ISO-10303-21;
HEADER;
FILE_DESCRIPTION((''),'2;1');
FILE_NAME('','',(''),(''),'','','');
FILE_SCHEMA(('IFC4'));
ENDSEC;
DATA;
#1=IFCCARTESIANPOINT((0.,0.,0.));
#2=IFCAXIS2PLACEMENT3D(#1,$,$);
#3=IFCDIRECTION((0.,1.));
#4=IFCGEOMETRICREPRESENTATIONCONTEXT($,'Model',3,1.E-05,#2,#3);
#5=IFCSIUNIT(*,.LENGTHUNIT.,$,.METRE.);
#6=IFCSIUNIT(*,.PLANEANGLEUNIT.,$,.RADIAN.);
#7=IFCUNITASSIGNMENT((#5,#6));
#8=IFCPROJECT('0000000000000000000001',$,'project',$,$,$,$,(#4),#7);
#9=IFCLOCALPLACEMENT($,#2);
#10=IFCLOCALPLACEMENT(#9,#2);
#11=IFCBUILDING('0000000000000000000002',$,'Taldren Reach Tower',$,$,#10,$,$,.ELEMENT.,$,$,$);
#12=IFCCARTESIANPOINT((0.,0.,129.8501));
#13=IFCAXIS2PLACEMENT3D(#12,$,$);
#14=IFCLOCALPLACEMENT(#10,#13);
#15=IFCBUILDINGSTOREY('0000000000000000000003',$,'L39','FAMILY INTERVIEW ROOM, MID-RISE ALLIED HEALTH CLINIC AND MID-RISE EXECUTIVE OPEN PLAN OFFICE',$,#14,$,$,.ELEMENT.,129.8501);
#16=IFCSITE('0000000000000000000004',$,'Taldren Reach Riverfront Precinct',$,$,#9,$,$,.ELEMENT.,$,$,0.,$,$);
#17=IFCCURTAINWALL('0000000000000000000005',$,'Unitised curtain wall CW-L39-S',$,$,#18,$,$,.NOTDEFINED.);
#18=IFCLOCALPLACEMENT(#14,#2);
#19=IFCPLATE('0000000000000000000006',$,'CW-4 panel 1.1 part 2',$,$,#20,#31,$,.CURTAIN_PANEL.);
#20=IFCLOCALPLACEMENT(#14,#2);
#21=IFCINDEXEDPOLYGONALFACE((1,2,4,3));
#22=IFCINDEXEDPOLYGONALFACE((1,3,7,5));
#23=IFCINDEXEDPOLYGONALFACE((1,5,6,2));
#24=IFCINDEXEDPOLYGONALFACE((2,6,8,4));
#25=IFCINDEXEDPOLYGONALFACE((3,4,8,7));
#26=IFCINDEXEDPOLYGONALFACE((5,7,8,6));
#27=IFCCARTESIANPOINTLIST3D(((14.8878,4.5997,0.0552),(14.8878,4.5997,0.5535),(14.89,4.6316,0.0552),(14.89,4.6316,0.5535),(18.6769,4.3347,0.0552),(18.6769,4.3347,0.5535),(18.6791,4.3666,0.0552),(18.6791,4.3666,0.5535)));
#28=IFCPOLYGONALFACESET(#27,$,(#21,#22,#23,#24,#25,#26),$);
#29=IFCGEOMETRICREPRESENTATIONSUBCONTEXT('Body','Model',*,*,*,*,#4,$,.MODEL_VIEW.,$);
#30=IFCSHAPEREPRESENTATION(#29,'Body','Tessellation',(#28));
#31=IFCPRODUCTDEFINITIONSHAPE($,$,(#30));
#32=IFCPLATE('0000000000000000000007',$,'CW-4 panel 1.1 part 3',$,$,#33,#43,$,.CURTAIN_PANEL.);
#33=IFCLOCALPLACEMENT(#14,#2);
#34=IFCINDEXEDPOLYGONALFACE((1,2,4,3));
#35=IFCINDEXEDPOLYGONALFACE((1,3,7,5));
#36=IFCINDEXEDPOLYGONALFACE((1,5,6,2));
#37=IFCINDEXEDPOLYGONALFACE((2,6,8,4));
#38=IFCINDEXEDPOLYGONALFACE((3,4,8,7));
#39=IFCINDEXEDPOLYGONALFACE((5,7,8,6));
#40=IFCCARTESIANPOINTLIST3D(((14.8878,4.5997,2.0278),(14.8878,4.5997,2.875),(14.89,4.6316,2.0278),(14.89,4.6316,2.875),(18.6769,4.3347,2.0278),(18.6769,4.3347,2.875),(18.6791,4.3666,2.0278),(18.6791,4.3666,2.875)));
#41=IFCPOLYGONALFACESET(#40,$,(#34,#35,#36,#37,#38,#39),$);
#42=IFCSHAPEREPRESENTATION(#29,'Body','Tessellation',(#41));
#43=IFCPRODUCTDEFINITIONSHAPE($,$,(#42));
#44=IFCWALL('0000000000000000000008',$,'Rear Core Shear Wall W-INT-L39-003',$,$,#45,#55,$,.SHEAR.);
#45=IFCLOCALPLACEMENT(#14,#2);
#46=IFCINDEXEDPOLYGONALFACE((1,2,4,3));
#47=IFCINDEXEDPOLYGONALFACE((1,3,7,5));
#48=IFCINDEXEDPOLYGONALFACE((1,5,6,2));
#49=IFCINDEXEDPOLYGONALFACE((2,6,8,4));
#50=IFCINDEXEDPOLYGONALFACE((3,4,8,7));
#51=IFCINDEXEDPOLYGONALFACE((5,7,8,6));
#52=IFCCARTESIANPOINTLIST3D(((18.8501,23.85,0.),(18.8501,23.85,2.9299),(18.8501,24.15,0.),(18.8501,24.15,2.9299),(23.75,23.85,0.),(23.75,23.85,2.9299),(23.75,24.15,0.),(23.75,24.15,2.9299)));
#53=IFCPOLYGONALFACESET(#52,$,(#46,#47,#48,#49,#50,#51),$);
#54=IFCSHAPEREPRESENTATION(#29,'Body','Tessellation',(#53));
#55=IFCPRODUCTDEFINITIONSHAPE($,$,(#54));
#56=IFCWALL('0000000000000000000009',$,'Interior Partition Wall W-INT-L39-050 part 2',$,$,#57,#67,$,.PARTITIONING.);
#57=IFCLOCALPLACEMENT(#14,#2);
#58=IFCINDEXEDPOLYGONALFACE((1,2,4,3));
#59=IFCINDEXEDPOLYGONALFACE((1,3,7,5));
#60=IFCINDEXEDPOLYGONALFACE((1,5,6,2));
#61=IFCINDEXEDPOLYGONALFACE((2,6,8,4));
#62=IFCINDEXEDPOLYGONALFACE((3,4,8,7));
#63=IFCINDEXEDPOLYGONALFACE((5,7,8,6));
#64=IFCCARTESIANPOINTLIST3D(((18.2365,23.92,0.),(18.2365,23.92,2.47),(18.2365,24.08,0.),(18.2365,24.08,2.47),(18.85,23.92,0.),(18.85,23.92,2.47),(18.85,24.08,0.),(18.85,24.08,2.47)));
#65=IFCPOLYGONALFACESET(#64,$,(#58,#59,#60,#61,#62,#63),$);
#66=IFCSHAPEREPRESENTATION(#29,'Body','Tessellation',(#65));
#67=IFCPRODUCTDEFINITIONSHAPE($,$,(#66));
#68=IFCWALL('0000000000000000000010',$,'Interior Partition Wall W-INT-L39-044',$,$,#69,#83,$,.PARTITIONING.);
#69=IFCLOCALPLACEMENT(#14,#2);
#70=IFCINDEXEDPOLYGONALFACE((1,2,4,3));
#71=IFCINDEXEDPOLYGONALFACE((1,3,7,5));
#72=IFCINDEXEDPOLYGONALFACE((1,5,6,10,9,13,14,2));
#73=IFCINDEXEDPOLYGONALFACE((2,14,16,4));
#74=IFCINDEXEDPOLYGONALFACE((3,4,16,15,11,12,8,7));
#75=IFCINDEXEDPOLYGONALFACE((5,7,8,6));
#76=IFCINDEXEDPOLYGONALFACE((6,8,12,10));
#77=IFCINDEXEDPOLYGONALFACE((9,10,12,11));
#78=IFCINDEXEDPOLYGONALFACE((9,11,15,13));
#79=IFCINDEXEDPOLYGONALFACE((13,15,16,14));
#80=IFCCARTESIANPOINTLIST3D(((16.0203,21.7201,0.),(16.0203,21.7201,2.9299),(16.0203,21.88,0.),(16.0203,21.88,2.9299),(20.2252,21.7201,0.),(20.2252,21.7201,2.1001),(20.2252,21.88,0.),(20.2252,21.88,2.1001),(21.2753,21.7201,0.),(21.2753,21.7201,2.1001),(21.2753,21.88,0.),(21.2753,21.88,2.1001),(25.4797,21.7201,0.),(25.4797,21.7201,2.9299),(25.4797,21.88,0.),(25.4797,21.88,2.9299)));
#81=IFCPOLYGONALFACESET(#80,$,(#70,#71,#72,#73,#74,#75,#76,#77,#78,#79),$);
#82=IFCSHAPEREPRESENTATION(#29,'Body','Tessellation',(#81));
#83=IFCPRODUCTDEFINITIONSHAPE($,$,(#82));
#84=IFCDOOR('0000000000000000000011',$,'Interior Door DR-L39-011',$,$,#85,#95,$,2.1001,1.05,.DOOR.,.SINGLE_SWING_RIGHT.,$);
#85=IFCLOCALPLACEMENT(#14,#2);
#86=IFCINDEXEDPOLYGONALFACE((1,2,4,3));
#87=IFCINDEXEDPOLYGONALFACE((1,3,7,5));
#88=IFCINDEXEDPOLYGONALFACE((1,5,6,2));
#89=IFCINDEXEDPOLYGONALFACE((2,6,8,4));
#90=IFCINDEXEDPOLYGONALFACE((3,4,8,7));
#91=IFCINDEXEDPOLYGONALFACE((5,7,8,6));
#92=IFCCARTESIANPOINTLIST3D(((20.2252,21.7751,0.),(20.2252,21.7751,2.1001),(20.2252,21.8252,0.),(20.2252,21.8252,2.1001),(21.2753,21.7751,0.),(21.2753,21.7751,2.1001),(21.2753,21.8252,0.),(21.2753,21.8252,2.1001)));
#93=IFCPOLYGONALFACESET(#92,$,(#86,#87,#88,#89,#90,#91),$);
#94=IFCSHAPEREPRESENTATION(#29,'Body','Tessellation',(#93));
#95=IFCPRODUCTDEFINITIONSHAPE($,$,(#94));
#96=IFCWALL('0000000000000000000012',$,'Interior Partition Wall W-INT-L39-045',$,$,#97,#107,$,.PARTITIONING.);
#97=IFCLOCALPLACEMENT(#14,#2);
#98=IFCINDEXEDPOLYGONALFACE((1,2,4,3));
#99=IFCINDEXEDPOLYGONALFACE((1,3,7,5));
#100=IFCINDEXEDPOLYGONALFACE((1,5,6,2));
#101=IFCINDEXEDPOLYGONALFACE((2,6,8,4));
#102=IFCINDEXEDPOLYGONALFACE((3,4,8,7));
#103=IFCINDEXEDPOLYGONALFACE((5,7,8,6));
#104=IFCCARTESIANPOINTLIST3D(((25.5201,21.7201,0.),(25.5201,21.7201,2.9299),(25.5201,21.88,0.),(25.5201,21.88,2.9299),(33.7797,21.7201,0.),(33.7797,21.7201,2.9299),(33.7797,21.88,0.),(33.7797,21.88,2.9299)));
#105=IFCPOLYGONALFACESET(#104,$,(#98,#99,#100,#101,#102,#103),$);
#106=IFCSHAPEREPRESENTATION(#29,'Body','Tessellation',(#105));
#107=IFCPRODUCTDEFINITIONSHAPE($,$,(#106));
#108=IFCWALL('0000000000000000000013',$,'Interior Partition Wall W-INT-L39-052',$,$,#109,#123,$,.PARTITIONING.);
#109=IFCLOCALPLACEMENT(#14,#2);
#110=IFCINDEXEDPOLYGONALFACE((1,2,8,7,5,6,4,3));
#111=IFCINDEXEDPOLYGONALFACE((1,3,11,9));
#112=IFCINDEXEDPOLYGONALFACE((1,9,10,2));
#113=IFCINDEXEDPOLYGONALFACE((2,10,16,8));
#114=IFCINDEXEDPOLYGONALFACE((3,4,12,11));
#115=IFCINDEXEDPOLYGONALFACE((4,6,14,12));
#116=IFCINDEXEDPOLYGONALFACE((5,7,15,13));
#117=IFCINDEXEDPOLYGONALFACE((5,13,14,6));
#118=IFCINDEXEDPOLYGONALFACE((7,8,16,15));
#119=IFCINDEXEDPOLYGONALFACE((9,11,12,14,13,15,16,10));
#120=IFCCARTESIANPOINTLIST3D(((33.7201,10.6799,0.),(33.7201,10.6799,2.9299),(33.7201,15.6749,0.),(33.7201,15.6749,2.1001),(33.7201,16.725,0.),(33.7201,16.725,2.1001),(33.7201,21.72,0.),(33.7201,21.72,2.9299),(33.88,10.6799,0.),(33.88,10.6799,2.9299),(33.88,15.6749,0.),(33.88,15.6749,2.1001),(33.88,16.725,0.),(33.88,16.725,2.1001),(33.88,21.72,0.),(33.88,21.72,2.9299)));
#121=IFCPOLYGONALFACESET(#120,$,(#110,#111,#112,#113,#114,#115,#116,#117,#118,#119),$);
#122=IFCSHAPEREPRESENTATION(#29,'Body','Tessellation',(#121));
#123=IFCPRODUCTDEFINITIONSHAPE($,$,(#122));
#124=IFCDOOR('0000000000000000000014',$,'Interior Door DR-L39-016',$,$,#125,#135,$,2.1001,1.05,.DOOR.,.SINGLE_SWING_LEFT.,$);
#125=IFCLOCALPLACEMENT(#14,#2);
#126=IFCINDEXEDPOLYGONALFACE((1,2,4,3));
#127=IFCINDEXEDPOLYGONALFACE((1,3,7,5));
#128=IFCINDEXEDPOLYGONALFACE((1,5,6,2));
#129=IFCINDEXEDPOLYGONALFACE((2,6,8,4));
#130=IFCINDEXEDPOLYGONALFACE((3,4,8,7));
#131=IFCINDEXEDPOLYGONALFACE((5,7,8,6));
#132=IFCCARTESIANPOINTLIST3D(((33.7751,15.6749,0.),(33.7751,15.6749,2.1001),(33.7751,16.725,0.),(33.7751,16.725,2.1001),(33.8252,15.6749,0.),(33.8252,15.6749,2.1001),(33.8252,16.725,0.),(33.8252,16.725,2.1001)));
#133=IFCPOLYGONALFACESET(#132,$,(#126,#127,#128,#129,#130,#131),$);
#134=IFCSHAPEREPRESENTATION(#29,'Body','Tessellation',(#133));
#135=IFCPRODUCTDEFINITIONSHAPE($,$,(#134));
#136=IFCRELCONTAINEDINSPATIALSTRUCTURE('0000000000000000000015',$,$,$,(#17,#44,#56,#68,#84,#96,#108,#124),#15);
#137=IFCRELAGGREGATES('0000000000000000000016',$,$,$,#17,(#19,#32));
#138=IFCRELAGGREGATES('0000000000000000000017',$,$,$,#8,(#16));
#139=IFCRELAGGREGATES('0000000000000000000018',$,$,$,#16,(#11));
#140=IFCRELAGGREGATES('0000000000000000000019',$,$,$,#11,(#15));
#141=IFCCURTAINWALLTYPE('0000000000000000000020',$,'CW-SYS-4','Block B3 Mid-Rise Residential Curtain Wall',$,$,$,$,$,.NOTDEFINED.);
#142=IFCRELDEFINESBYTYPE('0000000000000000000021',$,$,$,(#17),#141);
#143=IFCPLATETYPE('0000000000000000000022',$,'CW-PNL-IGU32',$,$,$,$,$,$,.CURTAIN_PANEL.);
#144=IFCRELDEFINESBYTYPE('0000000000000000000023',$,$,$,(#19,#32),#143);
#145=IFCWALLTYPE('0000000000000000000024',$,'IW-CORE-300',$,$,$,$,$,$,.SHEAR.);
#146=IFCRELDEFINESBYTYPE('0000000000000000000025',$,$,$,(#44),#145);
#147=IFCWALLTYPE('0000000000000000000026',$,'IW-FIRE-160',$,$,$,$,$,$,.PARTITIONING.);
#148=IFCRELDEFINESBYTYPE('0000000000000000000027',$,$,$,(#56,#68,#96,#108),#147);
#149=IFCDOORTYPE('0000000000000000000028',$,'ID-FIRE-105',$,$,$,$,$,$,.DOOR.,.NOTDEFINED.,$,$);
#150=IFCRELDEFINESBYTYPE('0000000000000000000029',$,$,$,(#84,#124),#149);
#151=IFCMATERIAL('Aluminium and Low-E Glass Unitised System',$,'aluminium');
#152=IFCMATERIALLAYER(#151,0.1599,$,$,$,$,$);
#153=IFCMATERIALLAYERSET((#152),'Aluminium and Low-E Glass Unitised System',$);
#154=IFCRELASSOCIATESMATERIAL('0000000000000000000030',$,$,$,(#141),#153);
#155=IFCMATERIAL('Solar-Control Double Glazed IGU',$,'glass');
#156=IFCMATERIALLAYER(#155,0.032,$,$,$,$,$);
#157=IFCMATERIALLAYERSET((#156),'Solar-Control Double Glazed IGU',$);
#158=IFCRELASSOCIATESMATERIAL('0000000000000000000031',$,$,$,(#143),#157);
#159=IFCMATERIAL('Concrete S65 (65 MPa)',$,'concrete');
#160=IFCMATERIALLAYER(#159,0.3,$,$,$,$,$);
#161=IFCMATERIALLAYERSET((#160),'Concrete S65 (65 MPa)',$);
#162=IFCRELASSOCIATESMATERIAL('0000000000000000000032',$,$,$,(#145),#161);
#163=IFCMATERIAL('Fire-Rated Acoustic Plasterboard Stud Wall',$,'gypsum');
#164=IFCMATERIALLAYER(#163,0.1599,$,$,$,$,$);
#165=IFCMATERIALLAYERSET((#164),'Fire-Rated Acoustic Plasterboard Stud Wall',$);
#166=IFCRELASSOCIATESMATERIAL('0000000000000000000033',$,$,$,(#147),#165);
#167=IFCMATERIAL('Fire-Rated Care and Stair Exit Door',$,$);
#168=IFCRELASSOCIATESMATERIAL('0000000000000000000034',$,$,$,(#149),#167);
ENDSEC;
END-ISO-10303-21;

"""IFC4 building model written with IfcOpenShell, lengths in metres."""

from ifc_helpers import new_model, si_unit, direction, frame, frame_2d, origin, origin_2d, place, context, subcontext, project, spatial, rectangle, extrude, source, transform, mapped, material, layer, layer_set, type_object, element, fill, aggregate, save


model = new_model("IFC4")

# Units and contexts
model_context = context("Model", 3, precision=1e-05, world=origin(), true_north=direction((0.0, 1.0)))
body_context = subcontext(model_context, "Body", "Model", "MODEL_VIEW")
ifc_project = project(units=[si_unit("LENGTHUNIT", "METRE"), si_unit("PLANEANGLEUNIT", "RADIAN")], contexts=[model_context])

# Site, building, storey
site_placement = place(None, origin())
site = spatial("IfcSite", under=ifc_project, at=site_placement, Name="Taldren Reach Riverfront Precinct", CompositionType="ELEMENT", RefElevation=0.0)
building_placement = place(site_placement, origin())
building = spatial("IfcBuilding", under=site, at=building_placement, Name="Taldren Reach Tower", CompositionType="ELEMENT")
storey_placement = place(building_placement, frame((0.0, 0.0, 129.8501)))
storey = spatial("IfcBuildingStorey", under=building, at=storey_placement, Name="L39", Description="FAMILY INTERVIEW ROOM, MID-RISE ALLIED HEALTH CLINIC AND MID-RISE EXECUTIVE OPEN PLAN OFFICE", CompositionType="ELEMENT", Elevation=129.8501)

# Curtain wall, plates
ifc_material_1 = material(Name="Aluminium and Low-E Glass Unitised System", Category="aluminium")
ifc_layer_1 = layer(ifc_material_1, 0.1599)
ifc_layer_set_1 = layer_set([ifc_layer_1], Name="Aluminium and Low-E Glass Unitised System")
curtain_wall_type = type_object("IfcCurtainWallType", Name="CW-SYS-4", Description="Block B3 Mid-Rise Residential Curtain Wall", PredefinedType="NOTDEFINED", material=ifc_layer_set_1)
curtain_wall_placement = place(storey_placement, origin())
curtain_wall = element("IfcCurtainWall", 1, at=curtain_wall_placement, inside=storey, type_object=curtain_wall_type, Name="Unitised curtain wall CW-L39-S", PredefinedType="NOTDEFINED")
ifc_material_2 = material(Name="Solar-Control Double Glazed IGU", Category="glass")
ifc_layer_2 = layer(ifc_material_2, 0.032)
ifc_layer_set_2 = layer_set([ifc_layer_2], Name="Solar-Control Double Glazed IGU")
plate_type = type_object("IfcPlateType", Name="CW-PNL-IGU32", PredefinedType="CURTAIN_PANEL", material=ifc_layer_set_2)
shared_shape_1 = source(origin(), body_context, "Body", "SweptSolid", [
    extrude(rectangle(XDim=3.7983, YDim=0.032, at=origin_2d()), origin(), (0.0, 0.0, 1.0), 0.4983),
])
plate_1_placement = place(storey_placement, frame((16.7834, 4.4832, 0.0552), z_axis=(0.0, 0.0, 1.0), x_axis=(0.997564, -0.069757, 0.0)))
plate_1 = element("IfcPlate", 2, at=plate_1_placement, type_object=plate_type, Name="CW-4 panel 1.1 part 2", PredefinedType="CURTAIN_PANEL", context=body_context, shape_type="MappedRepresentation", body=[
    mapped(shared_shape_1, transform((0.0, 0.0, 0.0), scale=1.0)),
])
shared_shape_2 = source(origin(), body_context, "Body", "SweptSolid", [
    extrude(rectangle(XDim=3.7983, YDim=0.032, at=origin_2d()), origin(), (0.0, 0.0, 1.0), 0.8472),
])
plate_2_placement = place(storey_placement, frame((16.7834, 4.4832, 2.0278), z_axis=(0.0, 0.0, 1.0), x_axis=(0.997564, -0.069757, 0.0)))
plate_2 = element("IfcPlate", 3, at=plate_2_placement, type_object=plate_type, Name="CW-4 panel 1.1 part 3", PredefinedType="CURTAIN_PANEL", context=body_context, shape_type="MappedRepresentation", body=[
    mapped(shared_shape_2, transform((0.0, 0.0, 0.0), scale=1.0)),
])
aggregate(curtain_wall, [plate_1, plate_2])

# Walls
ifc_material_3 = material(Name="Concrete S65 (65 MPa)", Category="concrete")
ifc_layer_3 = layer(ifc_material_3, 0.3)
ifc_layer_set_3 = layer_set([ifc_layer_3], Name="Concrete S65 (65 MPa)")
wall_type_1 = type_object("IfcWallType", Name="IW-CORE-300", PredefinedType="SHEAR", material=ifc_layer_set_3)
shared_shape_3 = source(origin(), body_context, "Body", "SweptSolid", [
    extrude(rectangle(XDim=4.8999, YDim=0.3, at=frame_2d((2.45, 0.0))), origin(), (0.0, 0.0, 1.0), 2.9299),
])
wall_1_placement = place(storey_placement, frame((18.8501, 24.0, 0.0), z_axis=(0.0, 0.0, 1.0), x_axis=(1.0, 0.0, 0.0)))
element("IfcWall", 4, at=wall_1_placement, inside=storey, type_object=wall_type_1, Name="Rear Core Shear Wall W-INT-L39-003", PredefinedType="SHEAR", context=body_context, shape_type="MappedRepresentation", body=[
    mapped(shared_shape_3, transform((0.0, 0.0, 0.0), scale=1.0)),
])
ifc_material_4 = material(Name="Fire-Rated Acoustic Plasterboard Stud Wall", Category="gypsum")
ifc_layer_4 = layer(ifc_material_4, 0.1599)
ifc_layer_set_4 = layer_set([ifc_layer_4], Name="Fire-Rated Acoustic Plasterboard Stud Wall")
wall_type_2 = type_object("IfcWallType", Name="IW-FIRE-160", PredefinedType="PARTITIONING", material=ifc_layer_set_4)
shared_shape_4 = source(origin(), body_context, "Body", "SweptSolid", [
    extrude(rectangle(XDim=0.6135, YDim=0.1599, at=frame_2d((0.3066, 0.0))), origin(), (0.0, 0.0, 1.0), 2.47),
])
wall_2_placement = place(storey_placement, frame((18.2366, 24.0, 0.0), z_axis=(0.0, 0.0, 1.0), x_axis=(1.0, 0.0, 0.0)))
element("IfcWall", 5, at=wall_2_placement, inside=storey, type_object=wall_type_2, Name="Interior Partition Wall W-INT-L39-050 part 2", PredefinedType="PARTITIONING", context=body_context, shape_type="MappedRepresentation", body=[
    mapped(shared_shape_4, transform((0.0, 0.0, 0.0), scale=1.0)),
])

# Wall, opening, door
shared_shape_5 = source(origin(), body_context, "Body", "SweptSolid", [
    extrude(rectangle(XDim=9.4595, YDim=0.1599, at=frame_2d((4.7297, 0.0))), origin(), (0.0, 0.0, 1.0), 2.9299),
])
wall_3_placement = place(storey_placement, frame((25.4797, 21.8, 0.0), z_axis=(0.0, 0.0, 1.0), x_axis=(-1.0, 0.0, 0.0)))
wall_3 = element("IfcWall", 6, at=wall_3_placement, inside=storey, type_object=wall_type_2, Name="Interior Partition Wall W-INT-L39-044", PredefinedType="PARTITIONING", context=body_context, shape_type="MappedRepresentation", body=[
    mapped(shared_shape_5, transform((0.0, 0.0, 0.0), scale=1.0)),
])
shared_shape_6 = source(origin(), body_context, "Body", "SweptSolid", [
    extrude(rectangle(XDim=1.05, YDim=2.1001, at=frame_2d((0.5249, 1.05))), frame((0.0, 0.0898, 0.0), z_axis=(0.0, -1.0, 0.0), x_axis=(1.0, 0.0, 0.0)), (0.0, 0.0, 1.0), 0.1799),
])
opening_1_placement = place(wall_3_placement, frame((4.2046, 0.0, 0.0)))
opening_1 = element("IfcOpeningElement", 7, at=opening_1_placement, cuts=wall_3, PredefinedType="OPENING", context=body_context, shape_type="MappedRepresentation", body=[
    mapped(shared_shape_6, transform((0.0, 0.0, 0.0), scale=1.0)),
])
ifc_material_5 = material(Name="Fire-Rated Care and Stair Exit Door")
door_type_1 = type_object("IfcDoorType", Name="ID-FIRE-105", OperationType="NOTDEFINED", PredefinedType="DOOR", material=ifc_material_5)
shared_shape_7 = source(origin(), body_context, "Body", "SweptSolid", [
    extrude(rectangle(XDim=1.05, YDim=2.1001, at=frame_2d((0.5249, 1.05))), frame((0.0, 0.0249, 0.0), z_axis=(0.0, -1.0, 0.0), x_axis=(1.0, 0.0, 0.0)), (0.0, 0.0, 1.0), 0.05),
])
door_1_placement = place(opening_1_placement, origin())
door_1 = element("IfcDoor", 8, at=door_1_placement, inside=storey, type_object=door_type_1, Name="Interior Door DR-L39-011", OperationType="SINGLE_SWING_RIGHT", OverallHeight=2.1001, OverallWidth=1.05, PredefinedType="DOOR", context=body_context, shape_type="MappedRepresentation", body=[
    mapped(shared_shape_7, transform((0.0, 0.0, 0.0), scale=1.0)),
])
fill(opening_1, door_1)

# Wall
shared_shape_8 = source(origin(), body_context, "Body", "SweptSolid", [
    extrude(rectangle(XDim=8.2595, YDim=0.1599, at=frame_2d((4.1299, 0.0))), origin(), (0.0, 0.0, 1.0), 2.9299),
])
wall_4_placement = place(storey_placement, frame((33.7798, 21.8, 0.0), z_axis=(0.0, 0.0, 1.0), x_axis=(-1.0, 0.0, 0.0)))
element("IfcWall", 9, at=wall_4_placement, inside=storey, type_object=wall_type_2, Name="Interior Partition Wall W-INT-L39-045", PredefinedType="PARTITIONING", context=body_context, shape_type="MappedRepresentation", body=[
    mapped(shared_shape_8, transform((0.0, 0.0, 0.0), scale=1.0)),
])

# Wall, opening, door
shared_shape_9 = source(origin(), body_context, "Body", "SweptSolid", [
    extrude(rectangle(XDim=11.04, YDim=0.1599, at=frame_2d((5.52, 0.0))), origin(), (0.0, 0.0, 1.0), 2.9299),
])
wall_5_placement = place(storey_placement, frame((33.8, 10.6799, 0.0), z_axis=(0.0, 0.0, 1.0), x_axis=(0.0, 1.0, 0.0)))
wall_5 = element("IfcWall", 10, at=wall_5_placement, inside=storey, type_object=wall_type_2, Name="Interior Partition Wall W-INT-L39-052", PredefinedType="PARTITIONING", context=body_context, shape_type="MappedRepresentation", body=[
    mapped(shared_shape_9, transform((0.0, 0.0, 0.0), scale=1.0)),
])
opening_2_placement = place(wall_5_placement, frame((4.9951, 0.0, 0.0)))
opening_2 = element("IfcOpeningElement", 11, at=opening_2_placement, cuts=wall_5, PredefinedType="OPENING", context=body_context, shape_type="MappedRepresentation", body=[
    mapped(shared_shape_6, transform((0.0, 0.0, 0.0), scale=1.0)),
])
door_2_placement = place(opening_2_placement, origin())
door_2 = element("IfcDoor", 12, at=door_2_placement, inside=storey, type_object=door_type_1, Name="Interior Door DR-L39-016", OperationType="SINGLE_SWING_LEFT", OverallHeight=2.1001, OverallWidth=1.05, PredefinedType="DOOR", context=body_context, shape_type="MappedRepresentation", body=[
    mapped(shared_shape_7, transform((0.0, 0.0, 0.0), scale=1.0)),
])
fill(opening_2, door_2)

save(model, "model.ifc")
